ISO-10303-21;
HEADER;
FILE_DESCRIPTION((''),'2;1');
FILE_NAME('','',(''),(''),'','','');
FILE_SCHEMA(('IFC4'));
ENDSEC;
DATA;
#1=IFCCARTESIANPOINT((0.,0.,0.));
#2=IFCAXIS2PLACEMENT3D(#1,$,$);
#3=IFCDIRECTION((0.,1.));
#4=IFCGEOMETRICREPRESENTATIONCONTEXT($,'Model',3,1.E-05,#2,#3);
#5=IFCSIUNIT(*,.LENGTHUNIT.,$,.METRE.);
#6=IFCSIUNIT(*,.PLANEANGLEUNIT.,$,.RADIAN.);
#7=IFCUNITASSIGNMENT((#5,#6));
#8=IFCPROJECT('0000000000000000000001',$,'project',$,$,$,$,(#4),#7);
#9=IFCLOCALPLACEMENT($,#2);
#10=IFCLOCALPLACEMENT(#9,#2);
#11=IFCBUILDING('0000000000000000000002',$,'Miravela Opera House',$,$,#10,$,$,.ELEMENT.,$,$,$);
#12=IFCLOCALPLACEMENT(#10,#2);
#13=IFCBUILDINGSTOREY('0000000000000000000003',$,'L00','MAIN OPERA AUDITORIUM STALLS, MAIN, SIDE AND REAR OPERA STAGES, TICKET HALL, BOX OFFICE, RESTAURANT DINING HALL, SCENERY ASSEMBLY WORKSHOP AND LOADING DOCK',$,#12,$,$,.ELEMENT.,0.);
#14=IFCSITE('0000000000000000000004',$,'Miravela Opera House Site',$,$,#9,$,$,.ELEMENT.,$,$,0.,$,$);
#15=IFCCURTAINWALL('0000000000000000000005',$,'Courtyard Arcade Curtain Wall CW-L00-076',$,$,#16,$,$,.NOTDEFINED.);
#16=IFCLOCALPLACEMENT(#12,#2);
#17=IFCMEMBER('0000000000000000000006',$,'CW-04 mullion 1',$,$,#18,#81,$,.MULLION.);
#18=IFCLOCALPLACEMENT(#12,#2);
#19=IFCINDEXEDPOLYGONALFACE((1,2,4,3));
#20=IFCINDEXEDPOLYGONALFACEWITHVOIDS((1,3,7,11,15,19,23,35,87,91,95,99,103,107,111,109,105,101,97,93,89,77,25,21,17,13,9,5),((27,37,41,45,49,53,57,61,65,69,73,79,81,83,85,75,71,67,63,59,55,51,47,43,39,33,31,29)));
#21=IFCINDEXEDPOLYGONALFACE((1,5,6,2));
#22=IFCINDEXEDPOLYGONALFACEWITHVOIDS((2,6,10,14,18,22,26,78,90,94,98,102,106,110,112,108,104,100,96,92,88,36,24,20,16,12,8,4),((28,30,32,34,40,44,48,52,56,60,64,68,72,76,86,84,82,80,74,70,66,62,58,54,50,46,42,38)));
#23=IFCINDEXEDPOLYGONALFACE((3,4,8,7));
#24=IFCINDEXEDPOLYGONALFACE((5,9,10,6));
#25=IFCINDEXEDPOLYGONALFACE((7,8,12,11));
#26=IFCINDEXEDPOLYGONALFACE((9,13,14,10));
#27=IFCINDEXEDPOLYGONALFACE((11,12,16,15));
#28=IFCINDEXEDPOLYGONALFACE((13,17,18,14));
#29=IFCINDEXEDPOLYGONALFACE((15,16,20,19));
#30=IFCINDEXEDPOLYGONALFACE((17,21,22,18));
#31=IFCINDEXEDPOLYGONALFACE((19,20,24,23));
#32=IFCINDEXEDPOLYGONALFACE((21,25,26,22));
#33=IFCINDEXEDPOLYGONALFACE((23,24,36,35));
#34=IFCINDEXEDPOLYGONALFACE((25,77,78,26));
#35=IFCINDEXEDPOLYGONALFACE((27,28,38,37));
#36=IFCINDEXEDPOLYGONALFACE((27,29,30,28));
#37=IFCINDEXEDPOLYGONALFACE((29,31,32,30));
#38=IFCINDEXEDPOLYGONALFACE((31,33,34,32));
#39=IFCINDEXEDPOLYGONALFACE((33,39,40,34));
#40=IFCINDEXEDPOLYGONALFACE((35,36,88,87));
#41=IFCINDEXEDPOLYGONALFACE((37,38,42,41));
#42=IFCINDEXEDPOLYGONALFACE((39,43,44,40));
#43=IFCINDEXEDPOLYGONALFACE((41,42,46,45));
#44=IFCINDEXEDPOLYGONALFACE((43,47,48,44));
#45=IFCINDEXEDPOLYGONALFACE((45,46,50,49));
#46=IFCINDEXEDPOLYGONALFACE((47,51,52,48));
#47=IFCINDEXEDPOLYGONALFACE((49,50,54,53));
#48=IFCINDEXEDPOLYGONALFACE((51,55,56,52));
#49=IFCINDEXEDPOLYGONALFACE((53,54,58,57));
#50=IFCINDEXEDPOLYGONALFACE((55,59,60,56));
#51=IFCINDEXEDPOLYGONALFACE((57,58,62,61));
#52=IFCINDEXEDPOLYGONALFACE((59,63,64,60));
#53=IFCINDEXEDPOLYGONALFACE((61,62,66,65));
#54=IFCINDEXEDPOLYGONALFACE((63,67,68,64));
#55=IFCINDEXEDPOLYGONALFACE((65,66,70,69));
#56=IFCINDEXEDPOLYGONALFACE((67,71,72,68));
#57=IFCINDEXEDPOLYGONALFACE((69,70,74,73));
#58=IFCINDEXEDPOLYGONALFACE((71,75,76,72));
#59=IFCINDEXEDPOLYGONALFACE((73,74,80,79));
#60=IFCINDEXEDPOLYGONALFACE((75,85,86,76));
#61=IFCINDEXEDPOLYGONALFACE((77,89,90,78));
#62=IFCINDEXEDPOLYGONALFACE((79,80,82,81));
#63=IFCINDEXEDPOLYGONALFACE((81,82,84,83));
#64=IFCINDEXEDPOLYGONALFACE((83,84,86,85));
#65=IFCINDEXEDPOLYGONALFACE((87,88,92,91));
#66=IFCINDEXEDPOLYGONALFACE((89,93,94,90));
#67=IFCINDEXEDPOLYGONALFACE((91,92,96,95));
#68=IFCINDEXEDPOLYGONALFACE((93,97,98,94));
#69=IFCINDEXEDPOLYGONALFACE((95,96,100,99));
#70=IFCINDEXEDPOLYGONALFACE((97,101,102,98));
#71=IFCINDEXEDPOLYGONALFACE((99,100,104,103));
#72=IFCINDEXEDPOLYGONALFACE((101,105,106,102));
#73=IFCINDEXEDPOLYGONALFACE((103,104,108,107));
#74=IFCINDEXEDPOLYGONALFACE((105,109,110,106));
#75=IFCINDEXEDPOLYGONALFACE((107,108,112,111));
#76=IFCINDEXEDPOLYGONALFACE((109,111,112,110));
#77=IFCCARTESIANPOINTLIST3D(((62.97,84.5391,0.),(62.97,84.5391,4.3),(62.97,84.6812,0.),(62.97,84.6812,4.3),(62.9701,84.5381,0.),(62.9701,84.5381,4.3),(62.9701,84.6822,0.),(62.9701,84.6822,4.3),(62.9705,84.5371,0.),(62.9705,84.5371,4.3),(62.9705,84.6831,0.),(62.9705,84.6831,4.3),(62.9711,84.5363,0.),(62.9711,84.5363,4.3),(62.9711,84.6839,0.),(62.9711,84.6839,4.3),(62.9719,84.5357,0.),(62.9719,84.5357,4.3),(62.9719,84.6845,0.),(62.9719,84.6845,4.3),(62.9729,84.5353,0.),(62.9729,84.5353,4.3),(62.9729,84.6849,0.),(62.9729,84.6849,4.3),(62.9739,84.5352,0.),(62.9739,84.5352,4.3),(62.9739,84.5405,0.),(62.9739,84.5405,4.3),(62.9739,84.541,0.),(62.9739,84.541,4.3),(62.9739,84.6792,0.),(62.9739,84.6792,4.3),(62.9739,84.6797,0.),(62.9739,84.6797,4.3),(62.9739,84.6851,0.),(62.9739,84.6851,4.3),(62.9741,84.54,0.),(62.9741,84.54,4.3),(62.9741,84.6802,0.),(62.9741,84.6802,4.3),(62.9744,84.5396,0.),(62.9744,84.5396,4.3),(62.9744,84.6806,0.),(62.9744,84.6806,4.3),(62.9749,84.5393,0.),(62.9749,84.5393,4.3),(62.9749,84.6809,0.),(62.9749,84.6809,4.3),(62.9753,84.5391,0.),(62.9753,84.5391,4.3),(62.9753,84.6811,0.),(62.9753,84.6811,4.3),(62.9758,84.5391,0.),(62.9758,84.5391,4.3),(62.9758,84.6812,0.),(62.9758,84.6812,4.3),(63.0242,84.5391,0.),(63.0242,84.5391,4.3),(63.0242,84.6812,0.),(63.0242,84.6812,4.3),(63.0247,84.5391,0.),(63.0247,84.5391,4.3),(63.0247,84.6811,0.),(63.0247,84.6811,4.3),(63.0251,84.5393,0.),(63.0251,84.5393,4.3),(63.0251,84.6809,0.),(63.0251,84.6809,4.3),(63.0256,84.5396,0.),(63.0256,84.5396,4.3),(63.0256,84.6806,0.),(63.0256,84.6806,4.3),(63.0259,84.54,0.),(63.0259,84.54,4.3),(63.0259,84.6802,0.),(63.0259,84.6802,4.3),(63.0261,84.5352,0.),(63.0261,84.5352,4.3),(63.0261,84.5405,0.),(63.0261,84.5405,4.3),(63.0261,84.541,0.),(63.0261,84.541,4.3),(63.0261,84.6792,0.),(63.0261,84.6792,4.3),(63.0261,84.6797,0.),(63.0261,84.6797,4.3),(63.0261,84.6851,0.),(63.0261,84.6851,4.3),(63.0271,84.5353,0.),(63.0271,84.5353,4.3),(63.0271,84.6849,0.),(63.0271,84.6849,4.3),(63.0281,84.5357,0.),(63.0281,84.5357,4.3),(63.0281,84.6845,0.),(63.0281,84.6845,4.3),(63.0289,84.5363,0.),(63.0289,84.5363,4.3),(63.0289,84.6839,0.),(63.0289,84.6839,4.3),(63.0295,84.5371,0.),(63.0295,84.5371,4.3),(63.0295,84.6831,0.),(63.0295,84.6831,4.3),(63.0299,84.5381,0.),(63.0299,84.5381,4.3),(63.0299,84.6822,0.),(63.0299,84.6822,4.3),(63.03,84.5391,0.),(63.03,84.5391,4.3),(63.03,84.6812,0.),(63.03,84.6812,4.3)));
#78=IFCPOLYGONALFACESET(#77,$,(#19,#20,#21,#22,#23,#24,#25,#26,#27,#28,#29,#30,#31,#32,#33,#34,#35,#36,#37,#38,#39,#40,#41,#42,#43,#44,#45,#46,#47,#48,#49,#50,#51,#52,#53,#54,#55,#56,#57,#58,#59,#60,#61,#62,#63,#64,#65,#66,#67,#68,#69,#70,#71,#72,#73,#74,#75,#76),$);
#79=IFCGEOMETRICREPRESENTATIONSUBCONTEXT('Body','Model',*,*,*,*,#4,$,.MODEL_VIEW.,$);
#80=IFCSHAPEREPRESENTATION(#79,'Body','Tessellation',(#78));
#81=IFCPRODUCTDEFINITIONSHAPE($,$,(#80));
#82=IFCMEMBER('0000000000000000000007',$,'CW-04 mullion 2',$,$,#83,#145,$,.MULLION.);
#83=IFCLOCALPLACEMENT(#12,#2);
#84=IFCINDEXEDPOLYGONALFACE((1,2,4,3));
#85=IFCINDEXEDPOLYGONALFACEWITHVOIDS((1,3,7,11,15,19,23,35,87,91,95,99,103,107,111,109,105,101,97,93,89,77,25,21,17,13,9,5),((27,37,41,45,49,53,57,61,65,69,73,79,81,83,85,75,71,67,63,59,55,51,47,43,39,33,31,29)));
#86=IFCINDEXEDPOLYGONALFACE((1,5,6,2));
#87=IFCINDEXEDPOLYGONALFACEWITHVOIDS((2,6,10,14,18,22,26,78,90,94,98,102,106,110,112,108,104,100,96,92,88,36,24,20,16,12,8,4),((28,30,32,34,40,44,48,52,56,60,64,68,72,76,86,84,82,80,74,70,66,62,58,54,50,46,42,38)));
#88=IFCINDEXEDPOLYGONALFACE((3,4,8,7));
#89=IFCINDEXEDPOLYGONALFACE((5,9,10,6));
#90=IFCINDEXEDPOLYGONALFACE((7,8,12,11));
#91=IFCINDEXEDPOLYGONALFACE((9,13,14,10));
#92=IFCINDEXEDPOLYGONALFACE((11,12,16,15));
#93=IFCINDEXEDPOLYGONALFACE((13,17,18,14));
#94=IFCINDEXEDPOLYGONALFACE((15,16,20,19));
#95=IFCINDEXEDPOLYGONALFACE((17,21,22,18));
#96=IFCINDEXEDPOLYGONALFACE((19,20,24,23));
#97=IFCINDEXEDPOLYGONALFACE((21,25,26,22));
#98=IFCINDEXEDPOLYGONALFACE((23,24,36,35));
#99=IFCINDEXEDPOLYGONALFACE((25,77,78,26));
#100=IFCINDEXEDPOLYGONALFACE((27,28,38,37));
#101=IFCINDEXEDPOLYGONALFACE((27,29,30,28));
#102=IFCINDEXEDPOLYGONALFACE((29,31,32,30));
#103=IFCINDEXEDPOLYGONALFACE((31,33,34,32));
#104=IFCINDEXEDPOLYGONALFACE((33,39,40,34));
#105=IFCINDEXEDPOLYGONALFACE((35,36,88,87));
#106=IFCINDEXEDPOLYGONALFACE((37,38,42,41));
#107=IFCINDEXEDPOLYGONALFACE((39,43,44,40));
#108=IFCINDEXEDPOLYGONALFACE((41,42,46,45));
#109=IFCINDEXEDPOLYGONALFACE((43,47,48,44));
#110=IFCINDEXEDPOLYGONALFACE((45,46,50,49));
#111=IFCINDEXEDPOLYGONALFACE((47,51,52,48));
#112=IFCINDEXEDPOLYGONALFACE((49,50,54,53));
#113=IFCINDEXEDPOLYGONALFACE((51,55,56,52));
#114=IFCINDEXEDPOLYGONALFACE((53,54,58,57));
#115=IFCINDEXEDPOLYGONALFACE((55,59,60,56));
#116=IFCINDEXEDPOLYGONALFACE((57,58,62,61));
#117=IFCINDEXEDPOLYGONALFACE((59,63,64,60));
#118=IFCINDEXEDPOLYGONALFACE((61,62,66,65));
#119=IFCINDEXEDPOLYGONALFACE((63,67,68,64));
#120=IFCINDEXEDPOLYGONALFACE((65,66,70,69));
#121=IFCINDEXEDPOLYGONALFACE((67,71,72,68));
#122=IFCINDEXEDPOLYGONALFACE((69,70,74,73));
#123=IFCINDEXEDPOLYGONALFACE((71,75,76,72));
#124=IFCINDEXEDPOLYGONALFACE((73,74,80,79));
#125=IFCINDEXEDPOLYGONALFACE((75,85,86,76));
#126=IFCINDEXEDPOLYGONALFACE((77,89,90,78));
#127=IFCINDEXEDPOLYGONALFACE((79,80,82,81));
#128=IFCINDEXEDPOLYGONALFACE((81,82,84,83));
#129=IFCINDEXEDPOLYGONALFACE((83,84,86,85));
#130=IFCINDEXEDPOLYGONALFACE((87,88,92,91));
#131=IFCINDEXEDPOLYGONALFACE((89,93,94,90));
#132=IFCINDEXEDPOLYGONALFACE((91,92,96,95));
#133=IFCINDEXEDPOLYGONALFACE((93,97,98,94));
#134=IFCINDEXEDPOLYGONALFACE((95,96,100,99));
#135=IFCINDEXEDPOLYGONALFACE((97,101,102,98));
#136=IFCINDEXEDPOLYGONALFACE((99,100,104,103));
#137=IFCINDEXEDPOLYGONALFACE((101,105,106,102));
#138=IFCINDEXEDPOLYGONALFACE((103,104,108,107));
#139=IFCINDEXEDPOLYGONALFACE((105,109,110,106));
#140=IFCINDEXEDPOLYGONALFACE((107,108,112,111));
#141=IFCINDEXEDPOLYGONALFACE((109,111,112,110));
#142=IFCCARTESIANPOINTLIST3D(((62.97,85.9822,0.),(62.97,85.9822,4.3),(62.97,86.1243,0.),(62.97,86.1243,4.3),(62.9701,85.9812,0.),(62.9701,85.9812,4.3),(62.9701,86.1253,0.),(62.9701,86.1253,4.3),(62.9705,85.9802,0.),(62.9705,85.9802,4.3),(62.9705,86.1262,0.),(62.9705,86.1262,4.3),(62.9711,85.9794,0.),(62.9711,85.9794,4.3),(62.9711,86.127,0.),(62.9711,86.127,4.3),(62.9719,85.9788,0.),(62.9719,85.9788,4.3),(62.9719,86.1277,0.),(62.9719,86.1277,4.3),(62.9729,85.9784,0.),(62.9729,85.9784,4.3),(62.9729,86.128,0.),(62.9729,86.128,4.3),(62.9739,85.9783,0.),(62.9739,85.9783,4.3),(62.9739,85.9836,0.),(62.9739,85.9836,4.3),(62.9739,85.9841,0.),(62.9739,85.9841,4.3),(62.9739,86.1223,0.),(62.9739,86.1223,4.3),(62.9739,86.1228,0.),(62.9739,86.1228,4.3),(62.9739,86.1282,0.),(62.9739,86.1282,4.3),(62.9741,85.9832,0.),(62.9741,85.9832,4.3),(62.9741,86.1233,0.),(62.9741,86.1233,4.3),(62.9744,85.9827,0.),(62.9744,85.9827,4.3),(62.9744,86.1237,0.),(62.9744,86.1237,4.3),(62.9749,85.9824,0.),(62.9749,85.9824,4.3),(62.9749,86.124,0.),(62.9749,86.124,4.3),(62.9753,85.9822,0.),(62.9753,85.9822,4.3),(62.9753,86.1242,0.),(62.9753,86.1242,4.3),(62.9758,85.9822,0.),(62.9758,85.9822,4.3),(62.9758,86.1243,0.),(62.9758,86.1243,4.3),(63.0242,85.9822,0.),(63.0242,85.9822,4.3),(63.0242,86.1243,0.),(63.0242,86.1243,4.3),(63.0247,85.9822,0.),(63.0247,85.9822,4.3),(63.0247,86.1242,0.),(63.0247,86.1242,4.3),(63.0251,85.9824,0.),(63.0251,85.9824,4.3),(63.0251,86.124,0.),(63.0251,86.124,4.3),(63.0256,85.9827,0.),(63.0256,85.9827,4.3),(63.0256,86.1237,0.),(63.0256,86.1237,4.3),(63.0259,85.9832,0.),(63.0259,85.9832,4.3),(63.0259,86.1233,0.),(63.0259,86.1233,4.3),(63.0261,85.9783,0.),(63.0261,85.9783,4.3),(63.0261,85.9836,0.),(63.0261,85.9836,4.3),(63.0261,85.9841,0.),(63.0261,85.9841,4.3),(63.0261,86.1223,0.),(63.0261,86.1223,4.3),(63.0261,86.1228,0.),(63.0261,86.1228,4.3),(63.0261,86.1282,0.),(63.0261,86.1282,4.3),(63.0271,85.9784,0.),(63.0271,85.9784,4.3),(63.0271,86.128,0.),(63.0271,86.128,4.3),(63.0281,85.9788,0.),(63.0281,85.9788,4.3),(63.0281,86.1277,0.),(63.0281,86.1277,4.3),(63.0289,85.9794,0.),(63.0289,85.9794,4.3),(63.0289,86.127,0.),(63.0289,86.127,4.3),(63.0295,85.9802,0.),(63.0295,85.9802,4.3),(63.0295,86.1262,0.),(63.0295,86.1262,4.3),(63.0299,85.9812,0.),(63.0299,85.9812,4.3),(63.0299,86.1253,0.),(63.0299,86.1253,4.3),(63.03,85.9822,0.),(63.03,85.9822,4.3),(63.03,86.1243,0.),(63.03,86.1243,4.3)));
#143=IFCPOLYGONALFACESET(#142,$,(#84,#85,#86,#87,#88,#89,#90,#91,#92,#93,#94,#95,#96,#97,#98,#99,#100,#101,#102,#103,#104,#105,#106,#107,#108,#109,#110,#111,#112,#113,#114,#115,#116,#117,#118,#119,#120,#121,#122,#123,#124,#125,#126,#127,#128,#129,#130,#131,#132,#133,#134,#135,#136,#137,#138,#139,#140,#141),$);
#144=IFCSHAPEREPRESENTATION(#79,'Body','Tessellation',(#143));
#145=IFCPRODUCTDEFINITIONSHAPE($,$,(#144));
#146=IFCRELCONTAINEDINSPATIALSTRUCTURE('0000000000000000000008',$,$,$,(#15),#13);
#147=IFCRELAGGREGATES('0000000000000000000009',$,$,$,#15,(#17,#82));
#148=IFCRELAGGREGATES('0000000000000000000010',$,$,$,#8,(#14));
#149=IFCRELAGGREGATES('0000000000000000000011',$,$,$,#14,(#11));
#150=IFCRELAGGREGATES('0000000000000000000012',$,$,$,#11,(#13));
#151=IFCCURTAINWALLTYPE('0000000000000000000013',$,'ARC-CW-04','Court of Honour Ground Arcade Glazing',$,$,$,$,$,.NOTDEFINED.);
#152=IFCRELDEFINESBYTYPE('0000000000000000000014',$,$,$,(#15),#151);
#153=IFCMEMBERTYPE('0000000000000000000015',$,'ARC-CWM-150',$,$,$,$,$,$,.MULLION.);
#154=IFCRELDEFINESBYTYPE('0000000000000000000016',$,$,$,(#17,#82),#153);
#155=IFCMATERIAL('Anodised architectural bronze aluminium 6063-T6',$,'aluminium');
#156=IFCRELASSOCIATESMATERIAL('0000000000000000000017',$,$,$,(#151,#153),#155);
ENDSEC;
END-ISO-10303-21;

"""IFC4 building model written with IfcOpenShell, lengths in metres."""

from ifc_helpers import new_model, si_unit, direction, frame, origin, origin_2d, place, context, subcontext, project, spatial, hollow_rectangle, extrude, material, material_profile, profile_set, type_object, element, aggregate, save


model = new_model("IFC4")

# Units and contexts
model_context = context("Model", 3, precision=1e-05, world=origin(), true_north=direction((0.0, 1.0)))
body_context = subcontext(model_context, "Body", "Model", "MODEL_VIEW")
ifc_project = project(units=[si_unit("LENGTHUNIT", "METRE"), si_unit("PLANEANGLEUNIT", "RADIAN")], contexts=[model_context])

# Site, building, storey
site_placement = place(None, origin())
site = spatial("IfcSite", under=ifc_project, at=site_placement, Name="Miravela Opera House Site", CompositionType="ELEMENT", RefElevation=0.0)
building_placement = place(site_placement, origin())
building = spatial("IfcBuilding", under=site, at=building_placement, Name="Miravela Opera House", CompositionType="ELEMENT")
storey_placement = place(building_placement, origin())
storey = spatial("IfcBuildingStorey", under=building, at=storey_placement, Name="L00", Description="MAIN OPERA AUDITORIUM STALLS, MAIN, SIDE AND REAR OPERA STAGES, TICKET HALL, BOX OFFICE, RESTAURANT DINING HALL, SCENERY ASSEMBLY WORKSHOP AND LOADING DOCK", CompositionType="ELEMENT", Elevation=0.0)

# Curtain wall, members
ifc_material_1 = material(Name="Anodised architectural bronze aluminium 6063-T6", Category="aluminium")
curtain_wall_type = type_object("IfcCurtainWallType", Name="ARC-CW-04", Description="Court of Honour Ground Arcade Glazing", PredefinedType="NOTDEFINED", material=ifc_material_1)
curtain_wall_placement = place(storey_placement, origin())
curtain_wall = element("IfcCurtainWall", 1, at=curtain_wall_placement, inside=storey, type_object=curtain_wall_type, Name="Courtyard Arcade Curtain Wall CW-L00-076", PredefinedType="NOTDEFINED")
ifc_material_profile_1 = material_profile(ifc_material_1, hollow_rectangle(XDim=0.0601, YDim=0.1499, WallThickness=0.0039, InnerFilletRadius=0.002, OuterFilletRadius=0.0039, at=origin_2d()), Name="CWM-60X150")
ifc_profile_set_1 = profile_set([ifc_material_profile_1])
member_type_1 = type_object("IfcMemberType", Name="ARC-CWM-150", PredefinedType="MULLION", material=ifc_profile_set_1)
member_1_placement = place(storey_placement, frame((63.0, 84.6101, 0.0), z_axis=(0.0, 0.0, 1.0), x_axis=(-1.0, 0.0, 0.0)))
member_1 = element("IfcMember", 2, at=member_1_placement, type_object=member_type_1, Name="CW-04 mullion 1", PredefinedType="MULLION", context=body_context, shape_type="SweptSolid", body=[
    extrude(hollow_rectangle(XDim=0.0601, YDim=0.1499, WallThickness=0.0039, InnerFilletRadius=0.002, OuterFilletRadius=0.0039, at=origin_2d()), origin(), (0.0, 0.0, 1.0), 4.3),
])
member_2_placement = place(storey_placement, frame((63.0, 86.0532, 0.0), z_axis=(0.0, 0.0, 1.0), x_axis=(-1.0, 0.0, 0.0)))
member_2 = element("IfcMember", 3, at=member_2_placement, type_object=member_type_1, Name="CW-04 mullion 2", PredefinedType="MULLION", context=body_context, shape_type="SweptSolid", body=[
    extrude(hollow_rectangle(XDim=0.0601, YDim=0.1499, WallThickness=0.0039, InnerFilletRadius=0.002, OuterFilletRadius=0.0039, at=origin_2d()), origin(), (0.0, 0.0, 1.0), 4.3),
])

aggregate(curtain_wall, [member_1, member_2])

save(model, "model.ifc")
